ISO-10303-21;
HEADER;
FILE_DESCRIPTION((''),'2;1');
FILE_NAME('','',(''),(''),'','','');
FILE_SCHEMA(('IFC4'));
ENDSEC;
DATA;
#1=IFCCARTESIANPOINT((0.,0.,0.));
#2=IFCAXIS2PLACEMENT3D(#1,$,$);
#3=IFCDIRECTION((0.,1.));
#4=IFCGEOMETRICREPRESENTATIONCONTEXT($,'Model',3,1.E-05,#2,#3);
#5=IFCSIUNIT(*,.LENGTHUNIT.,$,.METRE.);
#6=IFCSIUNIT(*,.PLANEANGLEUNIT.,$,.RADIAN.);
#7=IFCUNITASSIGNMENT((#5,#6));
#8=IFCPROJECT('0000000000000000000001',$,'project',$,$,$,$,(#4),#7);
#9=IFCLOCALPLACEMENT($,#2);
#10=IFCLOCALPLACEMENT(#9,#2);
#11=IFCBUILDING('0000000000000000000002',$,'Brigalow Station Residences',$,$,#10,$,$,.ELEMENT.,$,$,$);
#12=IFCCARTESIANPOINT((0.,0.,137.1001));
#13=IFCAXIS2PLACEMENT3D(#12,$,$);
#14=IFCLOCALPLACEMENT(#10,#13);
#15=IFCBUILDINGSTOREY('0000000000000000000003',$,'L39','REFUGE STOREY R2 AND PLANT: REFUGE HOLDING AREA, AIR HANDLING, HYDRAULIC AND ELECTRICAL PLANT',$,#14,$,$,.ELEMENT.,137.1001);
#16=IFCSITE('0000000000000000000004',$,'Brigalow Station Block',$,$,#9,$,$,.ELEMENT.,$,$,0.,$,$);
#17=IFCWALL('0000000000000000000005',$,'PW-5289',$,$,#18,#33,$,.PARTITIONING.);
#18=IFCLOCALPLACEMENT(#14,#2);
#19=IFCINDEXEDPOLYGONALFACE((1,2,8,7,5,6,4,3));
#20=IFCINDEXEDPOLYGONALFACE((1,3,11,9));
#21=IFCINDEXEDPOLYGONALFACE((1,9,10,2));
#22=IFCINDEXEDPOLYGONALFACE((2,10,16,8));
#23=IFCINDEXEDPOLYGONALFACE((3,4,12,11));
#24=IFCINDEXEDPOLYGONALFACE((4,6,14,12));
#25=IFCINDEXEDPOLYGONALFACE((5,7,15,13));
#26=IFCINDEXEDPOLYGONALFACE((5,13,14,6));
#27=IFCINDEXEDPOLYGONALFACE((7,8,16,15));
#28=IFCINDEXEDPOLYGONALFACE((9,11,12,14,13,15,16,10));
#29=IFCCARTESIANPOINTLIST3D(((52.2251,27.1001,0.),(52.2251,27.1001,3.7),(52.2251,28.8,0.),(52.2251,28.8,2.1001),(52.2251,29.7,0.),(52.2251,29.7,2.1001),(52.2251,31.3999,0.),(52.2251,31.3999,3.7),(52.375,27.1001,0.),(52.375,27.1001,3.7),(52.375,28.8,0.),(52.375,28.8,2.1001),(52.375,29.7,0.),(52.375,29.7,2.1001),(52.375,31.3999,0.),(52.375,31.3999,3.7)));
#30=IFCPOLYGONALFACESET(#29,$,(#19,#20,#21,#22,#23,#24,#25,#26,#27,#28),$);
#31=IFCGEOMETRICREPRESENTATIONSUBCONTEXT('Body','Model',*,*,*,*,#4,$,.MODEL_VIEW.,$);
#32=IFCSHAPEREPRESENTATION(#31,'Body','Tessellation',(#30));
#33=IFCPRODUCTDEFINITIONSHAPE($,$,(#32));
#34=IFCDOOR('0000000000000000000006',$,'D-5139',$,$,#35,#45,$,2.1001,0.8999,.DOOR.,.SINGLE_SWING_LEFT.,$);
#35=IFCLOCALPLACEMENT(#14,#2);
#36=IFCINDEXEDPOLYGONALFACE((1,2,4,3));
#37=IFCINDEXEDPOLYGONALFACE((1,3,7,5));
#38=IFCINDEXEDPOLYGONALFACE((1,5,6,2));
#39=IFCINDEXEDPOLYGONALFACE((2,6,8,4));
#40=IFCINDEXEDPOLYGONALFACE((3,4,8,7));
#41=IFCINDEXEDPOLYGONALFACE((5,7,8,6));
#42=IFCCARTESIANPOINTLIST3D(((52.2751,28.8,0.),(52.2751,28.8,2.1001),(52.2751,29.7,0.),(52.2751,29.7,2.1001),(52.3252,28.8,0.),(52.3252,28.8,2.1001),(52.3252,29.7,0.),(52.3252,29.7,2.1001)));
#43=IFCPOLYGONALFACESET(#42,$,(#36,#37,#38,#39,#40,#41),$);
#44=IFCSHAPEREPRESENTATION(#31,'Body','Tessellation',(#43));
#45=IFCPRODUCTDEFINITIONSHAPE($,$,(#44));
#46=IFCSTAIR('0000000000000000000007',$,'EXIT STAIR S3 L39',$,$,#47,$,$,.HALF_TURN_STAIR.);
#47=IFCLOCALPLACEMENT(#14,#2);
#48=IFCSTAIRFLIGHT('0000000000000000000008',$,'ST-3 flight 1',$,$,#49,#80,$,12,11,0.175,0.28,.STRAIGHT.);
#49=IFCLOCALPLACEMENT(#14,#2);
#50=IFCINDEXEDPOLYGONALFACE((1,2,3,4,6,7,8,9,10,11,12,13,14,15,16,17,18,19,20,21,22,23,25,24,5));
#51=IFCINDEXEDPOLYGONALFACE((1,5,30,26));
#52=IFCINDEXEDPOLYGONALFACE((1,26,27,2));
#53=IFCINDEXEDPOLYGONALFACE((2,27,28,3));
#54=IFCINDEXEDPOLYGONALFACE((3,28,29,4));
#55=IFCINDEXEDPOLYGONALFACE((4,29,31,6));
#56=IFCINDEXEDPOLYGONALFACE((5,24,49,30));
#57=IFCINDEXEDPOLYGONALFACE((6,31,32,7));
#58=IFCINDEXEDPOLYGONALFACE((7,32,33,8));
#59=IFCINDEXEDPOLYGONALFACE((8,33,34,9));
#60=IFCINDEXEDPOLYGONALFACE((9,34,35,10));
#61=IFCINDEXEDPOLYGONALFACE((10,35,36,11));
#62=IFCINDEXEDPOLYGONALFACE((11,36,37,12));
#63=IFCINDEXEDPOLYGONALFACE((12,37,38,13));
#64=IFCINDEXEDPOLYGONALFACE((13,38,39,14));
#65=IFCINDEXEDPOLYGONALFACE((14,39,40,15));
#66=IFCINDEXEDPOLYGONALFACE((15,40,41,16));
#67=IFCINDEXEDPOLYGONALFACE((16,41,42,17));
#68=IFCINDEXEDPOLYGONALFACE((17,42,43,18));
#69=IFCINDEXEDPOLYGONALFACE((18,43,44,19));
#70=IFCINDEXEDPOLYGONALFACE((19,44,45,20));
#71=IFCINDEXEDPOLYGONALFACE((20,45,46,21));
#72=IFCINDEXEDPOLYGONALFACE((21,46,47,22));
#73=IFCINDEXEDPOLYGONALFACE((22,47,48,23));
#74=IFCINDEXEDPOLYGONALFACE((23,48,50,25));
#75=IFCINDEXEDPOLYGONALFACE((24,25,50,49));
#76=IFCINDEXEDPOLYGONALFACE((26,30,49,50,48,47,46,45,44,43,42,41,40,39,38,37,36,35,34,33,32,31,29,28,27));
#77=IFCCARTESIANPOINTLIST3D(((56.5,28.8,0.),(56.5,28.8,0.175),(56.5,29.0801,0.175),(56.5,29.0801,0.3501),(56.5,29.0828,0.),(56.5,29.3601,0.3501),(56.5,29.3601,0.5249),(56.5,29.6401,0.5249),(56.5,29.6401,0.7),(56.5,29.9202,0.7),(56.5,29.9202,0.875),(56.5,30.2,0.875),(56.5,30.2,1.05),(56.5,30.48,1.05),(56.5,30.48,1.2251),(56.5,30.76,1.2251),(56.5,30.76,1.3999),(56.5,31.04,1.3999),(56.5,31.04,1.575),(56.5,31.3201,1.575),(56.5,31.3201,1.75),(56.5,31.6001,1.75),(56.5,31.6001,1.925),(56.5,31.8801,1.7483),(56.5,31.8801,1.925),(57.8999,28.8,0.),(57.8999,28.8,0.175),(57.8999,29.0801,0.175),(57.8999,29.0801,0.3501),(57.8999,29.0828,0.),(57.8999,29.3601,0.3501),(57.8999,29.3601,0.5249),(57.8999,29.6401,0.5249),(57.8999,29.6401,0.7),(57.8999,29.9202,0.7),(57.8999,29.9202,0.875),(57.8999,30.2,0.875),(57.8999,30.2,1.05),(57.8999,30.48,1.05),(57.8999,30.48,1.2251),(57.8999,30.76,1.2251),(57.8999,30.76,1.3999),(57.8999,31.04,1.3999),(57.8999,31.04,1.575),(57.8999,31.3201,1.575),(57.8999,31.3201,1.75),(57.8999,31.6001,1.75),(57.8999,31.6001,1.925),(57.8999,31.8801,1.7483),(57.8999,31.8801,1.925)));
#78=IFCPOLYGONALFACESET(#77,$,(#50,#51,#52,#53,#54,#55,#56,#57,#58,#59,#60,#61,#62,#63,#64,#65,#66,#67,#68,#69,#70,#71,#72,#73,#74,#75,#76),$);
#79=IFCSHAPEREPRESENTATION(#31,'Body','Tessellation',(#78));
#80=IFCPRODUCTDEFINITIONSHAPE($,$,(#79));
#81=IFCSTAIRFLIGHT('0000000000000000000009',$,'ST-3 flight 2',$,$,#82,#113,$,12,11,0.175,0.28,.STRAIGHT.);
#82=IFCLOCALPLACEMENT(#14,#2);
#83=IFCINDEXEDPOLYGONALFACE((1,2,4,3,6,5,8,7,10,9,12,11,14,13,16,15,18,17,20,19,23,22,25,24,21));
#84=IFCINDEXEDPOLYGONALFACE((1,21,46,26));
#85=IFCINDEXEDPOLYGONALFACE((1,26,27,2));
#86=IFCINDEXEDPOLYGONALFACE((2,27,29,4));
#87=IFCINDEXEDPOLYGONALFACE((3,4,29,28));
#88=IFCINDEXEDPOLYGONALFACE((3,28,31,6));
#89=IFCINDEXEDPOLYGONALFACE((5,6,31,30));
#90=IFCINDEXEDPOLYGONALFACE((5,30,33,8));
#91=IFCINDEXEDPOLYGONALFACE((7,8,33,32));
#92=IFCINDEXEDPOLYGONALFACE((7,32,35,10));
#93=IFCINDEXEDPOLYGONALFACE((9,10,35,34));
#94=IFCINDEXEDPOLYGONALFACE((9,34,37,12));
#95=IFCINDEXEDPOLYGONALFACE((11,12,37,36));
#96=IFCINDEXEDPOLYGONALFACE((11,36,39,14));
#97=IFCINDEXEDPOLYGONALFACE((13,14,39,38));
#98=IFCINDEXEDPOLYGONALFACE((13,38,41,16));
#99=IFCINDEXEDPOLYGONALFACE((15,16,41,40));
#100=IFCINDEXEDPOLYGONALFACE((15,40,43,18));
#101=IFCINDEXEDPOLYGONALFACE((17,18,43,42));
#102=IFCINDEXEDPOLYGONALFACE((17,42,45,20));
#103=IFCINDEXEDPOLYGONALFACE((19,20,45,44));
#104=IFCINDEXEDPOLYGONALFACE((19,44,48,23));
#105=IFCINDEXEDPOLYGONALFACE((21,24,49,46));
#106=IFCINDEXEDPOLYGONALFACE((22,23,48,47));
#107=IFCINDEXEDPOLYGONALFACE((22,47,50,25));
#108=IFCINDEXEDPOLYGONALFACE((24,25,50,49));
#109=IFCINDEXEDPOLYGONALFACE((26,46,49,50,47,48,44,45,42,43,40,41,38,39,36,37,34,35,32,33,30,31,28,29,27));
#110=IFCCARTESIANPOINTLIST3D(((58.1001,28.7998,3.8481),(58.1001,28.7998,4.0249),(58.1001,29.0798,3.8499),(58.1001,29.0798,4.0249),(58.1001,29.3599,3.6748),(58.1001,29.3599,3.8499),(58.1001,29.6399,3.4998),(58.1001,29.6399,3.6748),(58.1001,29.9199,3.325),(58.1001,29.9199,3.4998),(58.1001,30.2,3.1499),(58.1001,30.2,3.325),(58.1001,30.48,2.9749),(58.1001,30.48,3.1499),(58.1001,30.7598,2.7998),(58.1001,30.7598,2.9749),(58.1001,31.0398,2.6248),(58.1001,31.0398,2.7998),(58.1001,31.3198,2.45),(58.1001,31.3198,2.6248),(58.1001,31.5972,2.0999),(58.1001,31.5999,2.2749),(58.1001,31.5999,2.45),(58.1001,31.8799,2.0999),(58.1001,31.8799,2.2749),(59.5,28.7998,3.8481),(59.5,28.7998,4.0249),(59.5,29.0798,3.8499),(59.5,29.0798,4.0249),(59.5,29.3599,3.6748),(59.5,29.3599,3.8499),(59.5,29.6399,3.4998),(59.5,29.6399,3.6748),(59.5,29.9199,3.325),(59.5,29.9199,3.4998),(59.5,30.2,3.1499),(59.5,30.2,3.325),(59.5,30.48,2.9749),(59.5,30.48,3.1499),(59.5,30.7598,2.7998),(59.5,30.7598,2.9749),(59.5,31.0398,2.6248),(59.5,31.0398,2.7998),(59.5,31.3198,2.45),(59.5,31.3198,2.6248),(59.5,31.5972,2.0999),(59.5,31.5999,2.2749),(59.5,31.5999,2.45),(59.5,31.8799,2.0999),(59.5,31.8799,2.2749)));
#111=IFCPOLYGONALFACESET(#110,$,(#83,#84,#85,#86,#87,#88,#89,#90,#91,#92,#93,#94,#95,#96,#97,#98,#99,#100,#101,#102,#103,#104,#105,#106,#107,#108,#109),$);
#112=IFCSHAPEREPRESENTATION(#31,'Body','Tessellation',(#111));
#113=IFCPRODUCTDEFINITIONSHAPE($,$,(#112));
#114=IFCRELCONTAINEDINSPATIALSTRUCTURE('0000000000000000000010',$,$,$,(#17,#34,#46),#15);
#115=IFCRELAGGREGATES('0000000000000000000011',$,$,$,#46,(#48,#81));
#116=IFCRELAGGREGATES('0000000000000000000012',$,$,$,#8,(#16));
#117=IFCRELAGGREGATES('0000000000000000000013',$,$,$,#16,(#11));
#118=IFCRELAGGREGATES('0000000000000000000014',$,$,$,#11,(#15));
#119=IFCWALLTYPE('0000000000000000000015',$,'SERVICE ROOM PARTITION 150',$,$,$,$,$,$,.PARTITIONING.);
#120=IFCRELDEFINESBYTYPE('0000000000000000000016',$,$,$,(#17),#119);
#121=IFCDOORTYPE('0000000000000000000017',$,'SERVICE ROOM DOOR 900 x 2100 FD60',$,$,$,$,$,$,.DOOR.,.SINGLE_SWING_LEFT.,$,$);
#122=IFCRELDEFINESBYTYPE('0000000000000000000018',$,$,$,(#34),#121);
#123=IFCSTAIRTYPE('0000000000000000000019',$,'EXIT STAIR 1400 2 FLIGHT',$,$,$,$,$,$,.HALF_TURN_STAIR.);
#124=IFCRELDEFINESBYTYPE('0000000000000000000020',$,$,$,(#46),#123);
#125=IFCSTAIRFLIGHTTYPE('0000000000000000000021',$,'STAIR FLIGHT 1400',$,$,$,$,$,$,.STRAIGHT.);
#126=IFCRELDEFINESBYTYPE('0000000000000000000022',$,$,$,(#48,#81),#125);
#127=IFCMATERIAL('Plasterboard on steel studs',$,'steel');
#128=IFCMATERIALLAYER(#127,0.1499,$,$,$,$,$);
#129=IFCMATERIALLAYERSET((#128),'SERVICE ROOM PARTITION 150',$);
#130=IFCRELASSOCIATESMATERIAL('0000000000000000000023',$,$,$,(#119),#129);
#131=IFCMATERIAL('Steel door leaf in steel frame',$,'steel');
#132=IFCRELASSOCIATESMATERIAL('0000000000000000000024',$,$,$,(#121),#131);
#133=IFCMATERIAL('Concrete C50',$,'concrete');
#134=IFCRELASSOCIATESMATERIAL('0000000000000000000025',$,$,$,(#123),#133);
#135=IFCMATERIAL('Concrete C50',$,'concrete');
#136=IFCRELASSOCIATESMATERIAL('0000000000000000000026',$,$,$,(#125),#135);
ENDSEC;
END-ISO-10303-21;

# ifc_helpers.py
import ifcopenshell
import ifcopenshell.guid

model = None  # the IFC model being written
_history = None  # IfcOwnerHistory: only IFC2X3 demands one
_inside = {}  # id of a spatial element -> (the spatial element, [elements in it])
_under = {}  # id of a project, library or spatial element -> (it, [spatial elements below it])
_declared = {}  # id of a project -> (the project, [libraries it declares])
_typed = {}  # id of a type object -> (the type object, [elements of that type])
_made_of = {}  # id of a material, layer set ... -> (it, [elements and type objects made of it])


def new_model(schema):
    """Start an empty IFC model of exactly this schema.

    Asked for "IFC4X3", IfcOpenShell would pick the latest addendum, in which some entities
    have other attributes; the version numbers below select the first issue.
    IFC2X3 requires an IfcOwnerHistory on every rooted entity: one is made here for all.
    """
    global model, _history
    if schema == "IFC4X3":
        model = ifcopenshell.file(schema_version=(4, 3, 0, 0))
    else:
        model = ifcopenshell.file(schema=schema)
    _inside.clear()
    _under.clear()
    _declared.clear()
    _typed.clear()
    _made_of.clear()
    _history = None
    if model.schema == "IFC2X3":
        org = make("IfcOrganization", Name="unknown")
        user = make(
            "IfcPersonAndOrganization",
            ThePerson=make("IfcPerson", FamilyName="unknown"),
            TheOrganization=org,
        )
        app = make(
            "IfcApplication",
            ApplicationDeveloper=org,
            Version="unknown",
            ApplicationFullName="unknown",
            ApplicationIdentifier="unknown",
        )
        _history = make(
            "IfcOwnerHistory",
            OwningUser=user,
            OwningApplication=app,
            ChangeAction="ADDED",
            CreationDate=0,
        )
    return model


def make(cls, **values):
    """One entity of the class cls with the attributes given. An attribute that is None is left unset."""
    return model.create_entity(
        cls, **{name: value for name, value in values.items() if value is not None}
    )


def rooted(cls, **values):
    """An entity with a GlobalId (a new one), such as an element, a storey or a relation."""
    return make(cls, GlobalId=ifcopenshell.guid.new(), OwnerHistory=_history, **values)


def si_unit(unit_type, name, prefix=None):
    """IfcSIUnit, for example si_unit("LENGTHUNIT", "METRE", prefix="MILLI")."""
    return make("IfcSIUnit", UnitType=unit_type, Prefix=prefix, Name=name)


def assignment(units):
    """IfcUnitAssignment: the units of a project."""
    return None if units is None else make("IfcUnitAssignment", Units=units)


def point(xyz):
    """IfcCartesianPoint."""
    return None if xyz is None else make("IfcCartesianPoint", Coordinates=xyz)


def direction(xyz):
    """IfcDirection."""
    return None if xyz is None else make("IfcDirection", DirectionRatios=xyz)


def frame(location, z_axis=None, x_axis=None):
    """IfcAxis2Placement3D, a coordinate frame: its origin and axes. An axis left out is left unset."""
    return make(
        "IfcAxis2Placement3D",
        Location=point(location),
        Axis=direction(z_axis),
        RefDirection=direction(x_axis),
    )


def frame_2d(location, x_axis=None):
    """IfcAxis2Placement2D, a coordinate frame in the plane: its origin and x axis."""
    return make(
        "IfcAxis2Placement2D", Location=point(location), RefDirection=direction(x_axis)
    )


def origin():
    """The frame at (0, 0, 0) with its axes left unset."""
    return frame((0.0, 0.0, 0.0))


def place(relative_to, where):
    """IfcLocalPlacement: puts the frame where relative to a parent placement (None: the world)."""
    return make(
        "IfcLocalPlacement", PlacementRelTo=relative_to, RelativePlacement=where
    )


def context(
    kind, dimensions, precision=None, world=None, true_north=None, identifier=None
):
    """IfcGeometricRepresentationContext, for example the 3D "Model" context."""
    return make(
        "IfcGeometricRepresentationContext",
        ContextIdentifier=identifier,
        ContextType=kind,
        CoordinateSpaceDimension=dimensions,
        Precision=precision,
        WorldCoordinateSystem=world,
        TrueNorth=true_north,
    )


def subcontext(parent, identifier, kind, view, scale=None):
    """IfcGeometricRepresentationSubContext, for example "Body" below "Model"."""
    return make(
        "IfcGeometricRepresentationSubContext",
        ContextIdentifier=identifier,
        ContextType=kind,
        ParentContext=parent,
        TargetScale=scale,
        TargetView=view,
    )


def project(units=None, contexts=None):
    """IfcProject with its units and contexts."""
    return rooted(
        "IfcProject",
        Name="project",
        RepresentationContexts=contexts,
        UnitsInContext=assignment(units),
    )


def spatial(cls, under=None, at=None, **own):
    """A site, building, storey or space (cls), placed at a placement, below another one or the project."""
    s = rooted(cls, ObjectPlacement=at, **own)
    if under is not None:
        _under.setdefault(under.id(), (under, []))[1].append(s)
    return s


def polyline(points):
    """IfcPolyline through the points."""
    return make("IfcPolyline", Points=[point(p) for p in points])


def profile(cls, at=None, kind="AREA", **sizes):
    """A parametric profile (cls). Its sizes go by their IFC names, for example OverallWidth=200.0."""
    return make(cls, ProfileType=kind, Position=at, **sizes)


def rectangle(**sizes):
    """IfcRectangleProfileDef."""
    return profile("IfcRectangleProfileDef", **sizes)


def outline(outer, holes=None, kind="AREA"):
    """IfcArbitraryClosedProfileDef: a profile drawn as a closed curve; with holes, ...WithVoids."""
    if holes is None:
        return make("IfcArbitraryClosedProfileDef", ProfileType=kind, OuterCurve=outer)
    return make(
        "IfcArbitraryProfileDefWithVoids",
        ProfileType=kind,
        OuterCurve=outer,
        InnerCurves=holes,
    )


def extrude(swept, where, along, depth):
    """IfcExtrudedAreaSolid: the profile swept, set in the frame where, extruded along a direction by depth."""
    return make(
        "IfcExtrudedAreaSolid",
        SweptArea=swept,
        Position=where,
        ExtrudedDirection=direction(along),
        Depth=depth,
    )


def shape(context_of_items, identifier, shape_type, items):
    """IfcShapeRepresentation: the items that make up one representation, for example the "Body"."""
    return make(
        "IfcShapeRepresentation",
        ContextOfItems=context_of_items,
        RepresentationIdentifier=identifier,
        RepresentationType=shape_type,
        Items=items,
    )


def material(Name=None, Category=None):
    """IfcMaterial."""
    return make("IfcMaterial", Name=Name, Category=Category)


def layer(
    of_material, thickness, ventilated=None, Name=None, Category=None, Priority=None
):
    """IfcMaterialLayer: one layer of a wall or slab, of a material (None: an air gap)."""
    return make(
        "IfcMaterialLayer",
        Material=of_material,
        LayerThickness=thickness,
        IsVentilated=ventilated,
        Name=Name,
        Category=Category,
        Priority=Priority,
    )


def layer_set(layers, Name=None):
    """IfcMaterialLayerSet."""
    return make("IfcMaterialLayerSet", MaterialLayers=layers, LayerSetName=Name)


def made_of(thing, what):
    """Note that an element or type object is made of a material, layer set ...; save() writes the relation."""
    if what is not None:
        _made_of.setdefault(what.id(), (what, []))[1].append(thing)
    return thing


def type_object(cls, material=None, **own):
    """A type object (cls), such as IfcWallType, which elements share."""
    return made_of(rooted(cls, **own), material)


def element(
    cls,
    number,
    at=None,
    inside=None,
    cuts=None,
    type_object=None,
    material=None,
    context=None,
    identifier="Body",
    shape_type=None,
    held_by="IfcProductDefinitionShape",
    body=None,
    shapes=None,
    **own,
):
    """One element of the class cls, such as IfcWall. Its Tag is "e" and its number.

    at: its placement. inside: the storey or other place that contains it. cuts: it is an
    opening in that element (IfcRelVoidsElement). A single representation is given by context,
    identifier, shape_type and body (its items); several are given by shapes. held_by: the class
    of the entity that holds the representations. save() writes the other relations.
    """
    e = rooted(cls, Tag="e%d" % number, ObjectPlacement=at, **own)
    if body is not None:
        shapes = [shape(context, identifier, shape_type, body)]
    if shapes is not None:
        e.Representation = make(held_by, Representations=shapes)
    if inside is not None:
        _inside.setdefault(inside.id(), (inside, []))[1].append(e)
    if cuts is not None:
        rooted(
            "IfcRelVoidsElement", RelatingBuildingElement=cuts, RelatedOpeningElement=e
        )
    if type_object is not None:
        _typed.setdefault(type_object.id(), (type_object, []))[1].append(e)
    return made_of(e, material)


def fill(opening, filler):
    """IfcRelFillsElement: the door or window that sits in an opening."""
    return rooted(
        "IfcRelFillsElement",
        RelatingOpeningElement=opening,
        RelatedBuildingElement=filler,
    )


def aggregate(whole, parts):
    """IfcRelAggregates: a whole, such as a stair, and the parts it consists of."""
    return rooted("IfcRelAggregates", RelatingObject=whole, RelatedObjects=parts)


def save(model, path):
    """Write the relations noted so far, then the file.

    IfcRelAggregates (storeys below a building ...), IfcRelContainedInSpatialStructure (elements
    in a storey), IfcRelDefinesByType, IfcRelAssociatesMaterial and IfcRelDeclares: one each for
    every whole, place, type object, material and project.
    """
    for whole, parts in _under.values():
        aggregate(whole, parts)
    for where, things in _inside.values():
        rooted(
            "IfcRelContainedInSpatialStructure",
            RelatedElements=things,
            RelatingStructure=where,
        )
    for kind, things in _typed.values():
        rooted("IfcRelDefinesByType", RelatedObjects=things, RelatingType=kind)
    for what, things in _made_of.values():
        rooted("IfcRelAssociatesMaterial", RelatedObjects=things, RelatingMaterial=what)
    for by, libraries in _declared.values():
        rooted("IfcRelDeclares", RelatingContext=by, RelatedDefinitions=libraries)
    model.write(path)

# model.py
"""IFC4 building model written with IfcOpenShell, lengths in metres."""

from ifc_helpers import new_model, si_unit, direction, frame, frame_2d, origin, place, context, subcontext, project, spatial, polyline, rectangle, outline, extrude, material, layer, layer_set, type_object, element, fill, aggregate, save


model = new_model("IFC4")

# Units and contexts
model_context = context("Model", 3, precision=1e-05, world=origin(), true_north=direction((0.0, 1.0)))
body_context = subcontext(model_context, "Body", "Model", "MODEL_VIEW")
ifc_project = project(units=[si_unit("LENGTHUNIT", "METRE"), si_unit("PLANEANGLEUNIT", "RADIAN")], contexts=[model_context])

# Site, building, storey
site_placement = place(None, origin())
site = spatial("IfcSite", under=ifc_project, at=site_placement, Name="Brigalow Station Block", CompositionType="ELEMENT", RefElevation=0.0)
building_placement = place(site_placement, origin())
building = spatial("IfcBuilding", under=site, at=building_placement, Name="Brigalow Station Residences", CompositionType="ELEMENT")
storey_placement = place(building_placement, frame((0.0, 0.0, 137.1001)))
storey = spatial("IfcBuildingStorey", under=building, at=storey_placement, Name="L39", Description="REFUGE STOREY R2 AND PLANT: REFUGE HOLDING AREA, AIR HANDLING, HYDRAULIC AND ELECTRICAL PLANT", CompositionType="ELEMENT", Elevation=137.1001)

# Wall, opening, door
ifc_material_1 = material(Name="Plasterboard on steel studs", Category="steel")
ifc_layer_1 = layer(ifc_material_1, 0.1499)
ifc_layer_set_1 = layer_set([ifc_layer_1], Name="SERVICE ROOM PARTITION 150")
wall_type_1 = type_object("IfcWallType", Name="SERVICE ROOM PARTITION 150", PredefinedType="PARTITIONING", material=ifc_layer_set_1)
wall_1_placement = place(storey_placement, frame((52.3, 27.1001, 0.0), z_axis=(0.0, 0.0, 1.0), x_axis=(0.0, 1.0, 0.0)))
wall_1 = element("IfcWall", 1, at=wall_1_placement, inside=storey, type_object=wall_type_1, Name="PW-5289", PredefinedType="PARTITIONING", context=body_context, shape_type="SweptSolid", body=[
    extrude(rectangle(XDim=4.2998, YDim=0.1499, at=frame_2d((2.1499, 0.0))), origin(), (0.0, 0.0, 1.0), 3.7),
])
opening_1_placement = place(wall_1_placement, frame((1.7, 0.0, 0.0)))
opening_1 = element("IfcOpeningElement", 2, at=opening_1_placement, cuts=wall_1, PredefinedType="OPENING", context=body_context, shape_type="SweptSolid", body=[
    extrude(rectangle(XDim=0.8999, YDim=2.1001, at=frame_2d((0.45, 1.05))), frame((0.0, 0.085, 0.0), z_axis=(0.0, -1.0, 0.0), x_axis=(1.0, 0.0, 0.0)), (0.0, 0.0, 1.0), 0.1699),
])
ifc_material_2 = material(Name="Steel door leaf in steel frame", Category="steel")
door_type_1 = type_object("IfcDoorType", Name="SERVICE ROOM DOOR 900 x 2100 FD60", OperationType="SINGLE_SWING_LEFT", PredefinedType="DOOR", material=ifc_material_2)
door_1_placement = place(opening_1_placement, origin())
door_1 = element("IfcDoor", 3, at=door_1_placement, inside=storey, type_object=door_type_1, Name="D-5139", OperationType="SINGLE_SWING_LEFT", OverallHeight=2.1001, OverallWidth=0.8999, PredefinedType="DOOR", context=body_context, shape_type="SweptSolid", body=[
    extrude(rectangle(XDim=0.8999, YDim=2.1001, at=frame_2d((0.45, 1.05))), frame((0.0, 0.0249, 0.0), z_axis=(0.0, -1.0, 0.0), x_axis=(1.0, 0.0, 0.0)), (0.0, 0.0, 1.0), 0.05),
])
fill(opening_1, door_1)

# Stair, stair flights
ifc_material_3 = material(Name="Concrete C50", Category="concrete")
stair_type = type_object("IfcStairType", Name="EXIT STAIR 1400 2 FLIGHT", PredefinedType="HALF_TURN_STAIR", material=ifc_material_3)
stair_placement = place(storey_placement, origin())
stair = element("IfcStair", 4, at=stair_placement, inside=storey, type_object=stair_type, Name="EXIT STAIR S3 L39", PredefinedType="HALF_TURN_STAIR")
ifc_material_4 = material(Name="Concrete C50", Category="concrete")
stair_flight_type = type_object("IfcStairFlightType", Name="STAIR FLIGHT 1400", PredefinedType="STRAIGHT", material=ifc_material_4)
stair_flight_1_placement = place(storey_placement, frame((57.2, 28.8, 0.0), z_axis=(0.0, 0.0, 1.0), x_axis=(0.0, 1.0, 0.0)))
stair_flight_1 = element("IfcStairFlight", 5, at=stair_flight_1_placement, type_object=stair_flight_type, Name="ST-3 flight 1", NumberOfRisers=12, NumberOfTreads=11, PredefinedType="STRAIGHT", RiserHeight=0.175, TreadLength=0.28, context=body_context, shape_type="SweptSolid", body=[
    extrude(outline(polyline([(0.0, 0.0), (0.0, 0.175), (0.28, 0.175), (0.28, 0.3501), (0.5601, 0.3501), (0.5601, 0.5249), (0.8401, 0.5249), (0.8401, 0.7), (1.1201, 0.7), (1.1201, 0.875), (1.3999, 0.875), (1.3999, 1.05), (1.6799, 1.05), (1.6799, 1.2251), (1.96, 1.2251), (1.96, 1.3999), (2.24, 1.3999), (2.24, 1.575), (2.52, 1.575), (2.52, 1.75), (2.8, 1.75), (2.8, 1.925), (3.0801, 1.925), (3.0801, 2.1001), (3.0801, 1.7483), (0.2827, 0.0), (0.0, 0.0)])), frame((0.0, 0.7, 0.0), z_axis=(0.0, -1.0, 0.0), x_axis=(1.0, 0.0, 0.0)), (0.0, 0.0, 1.0), 1.3999),
])
stair_flight_2_placement = place(storey_placement, frame((58.8, 31.8799, 2.0999), z_axis=(0.0, 0.0, 1.0), x_axis=(0.0, -1.0, 0.0)))
stair_flight_2 = element("IfcStairFlight", 6, at=stair_flight_2_placement, type_object=stair_flight_type, Name="ST-3 flight 2", NumberOfRisers=12, NumberOfTreads=11, PredefinedType="STRAIGHT", RiserHeight=0.175, TreadLength=0.28, context=body_context, shape_type="SweptSolid", body=[
    extrude(outline(polyline([(0.0, 0.0), (0.0, 0.175), (0.28, 0.175), (0.28, 0.3501), (0.5601, 0.3501), (0.5601, 0.5249), (0.8401, 0.5249), (0.8401, 0.7), (1.1201, 0.7), (1.1201, 0.875), (1.3999, 0.875), (1.3999, 1.05), (1.6799, 1.05), (1.6799, 1.2251), (1.96, 1.2251), (1.96, 1.3999), (2.24, 1.3999), (2.24, 1.575), (2.52, 1.575), (2.52, 1.75), (2.8, 1.75), (2.8, 1.925), (3.0801, 1.925), (3.0801, 2.1001), (3.0801, 1.7483), (0.2827, 0.0), (0.0, 0.0)])), frame((0.0, 0.7, 0.0), z_axis=(0.0, -1.0, 0.0), x_axis=(1.0, 0.0, 0.0)), (0.0, 0.0, 1.0), 1.3999),
])
aggregate(stair, [stair_flight_1, stair_flight_2])

save(model, "model.ifc")
